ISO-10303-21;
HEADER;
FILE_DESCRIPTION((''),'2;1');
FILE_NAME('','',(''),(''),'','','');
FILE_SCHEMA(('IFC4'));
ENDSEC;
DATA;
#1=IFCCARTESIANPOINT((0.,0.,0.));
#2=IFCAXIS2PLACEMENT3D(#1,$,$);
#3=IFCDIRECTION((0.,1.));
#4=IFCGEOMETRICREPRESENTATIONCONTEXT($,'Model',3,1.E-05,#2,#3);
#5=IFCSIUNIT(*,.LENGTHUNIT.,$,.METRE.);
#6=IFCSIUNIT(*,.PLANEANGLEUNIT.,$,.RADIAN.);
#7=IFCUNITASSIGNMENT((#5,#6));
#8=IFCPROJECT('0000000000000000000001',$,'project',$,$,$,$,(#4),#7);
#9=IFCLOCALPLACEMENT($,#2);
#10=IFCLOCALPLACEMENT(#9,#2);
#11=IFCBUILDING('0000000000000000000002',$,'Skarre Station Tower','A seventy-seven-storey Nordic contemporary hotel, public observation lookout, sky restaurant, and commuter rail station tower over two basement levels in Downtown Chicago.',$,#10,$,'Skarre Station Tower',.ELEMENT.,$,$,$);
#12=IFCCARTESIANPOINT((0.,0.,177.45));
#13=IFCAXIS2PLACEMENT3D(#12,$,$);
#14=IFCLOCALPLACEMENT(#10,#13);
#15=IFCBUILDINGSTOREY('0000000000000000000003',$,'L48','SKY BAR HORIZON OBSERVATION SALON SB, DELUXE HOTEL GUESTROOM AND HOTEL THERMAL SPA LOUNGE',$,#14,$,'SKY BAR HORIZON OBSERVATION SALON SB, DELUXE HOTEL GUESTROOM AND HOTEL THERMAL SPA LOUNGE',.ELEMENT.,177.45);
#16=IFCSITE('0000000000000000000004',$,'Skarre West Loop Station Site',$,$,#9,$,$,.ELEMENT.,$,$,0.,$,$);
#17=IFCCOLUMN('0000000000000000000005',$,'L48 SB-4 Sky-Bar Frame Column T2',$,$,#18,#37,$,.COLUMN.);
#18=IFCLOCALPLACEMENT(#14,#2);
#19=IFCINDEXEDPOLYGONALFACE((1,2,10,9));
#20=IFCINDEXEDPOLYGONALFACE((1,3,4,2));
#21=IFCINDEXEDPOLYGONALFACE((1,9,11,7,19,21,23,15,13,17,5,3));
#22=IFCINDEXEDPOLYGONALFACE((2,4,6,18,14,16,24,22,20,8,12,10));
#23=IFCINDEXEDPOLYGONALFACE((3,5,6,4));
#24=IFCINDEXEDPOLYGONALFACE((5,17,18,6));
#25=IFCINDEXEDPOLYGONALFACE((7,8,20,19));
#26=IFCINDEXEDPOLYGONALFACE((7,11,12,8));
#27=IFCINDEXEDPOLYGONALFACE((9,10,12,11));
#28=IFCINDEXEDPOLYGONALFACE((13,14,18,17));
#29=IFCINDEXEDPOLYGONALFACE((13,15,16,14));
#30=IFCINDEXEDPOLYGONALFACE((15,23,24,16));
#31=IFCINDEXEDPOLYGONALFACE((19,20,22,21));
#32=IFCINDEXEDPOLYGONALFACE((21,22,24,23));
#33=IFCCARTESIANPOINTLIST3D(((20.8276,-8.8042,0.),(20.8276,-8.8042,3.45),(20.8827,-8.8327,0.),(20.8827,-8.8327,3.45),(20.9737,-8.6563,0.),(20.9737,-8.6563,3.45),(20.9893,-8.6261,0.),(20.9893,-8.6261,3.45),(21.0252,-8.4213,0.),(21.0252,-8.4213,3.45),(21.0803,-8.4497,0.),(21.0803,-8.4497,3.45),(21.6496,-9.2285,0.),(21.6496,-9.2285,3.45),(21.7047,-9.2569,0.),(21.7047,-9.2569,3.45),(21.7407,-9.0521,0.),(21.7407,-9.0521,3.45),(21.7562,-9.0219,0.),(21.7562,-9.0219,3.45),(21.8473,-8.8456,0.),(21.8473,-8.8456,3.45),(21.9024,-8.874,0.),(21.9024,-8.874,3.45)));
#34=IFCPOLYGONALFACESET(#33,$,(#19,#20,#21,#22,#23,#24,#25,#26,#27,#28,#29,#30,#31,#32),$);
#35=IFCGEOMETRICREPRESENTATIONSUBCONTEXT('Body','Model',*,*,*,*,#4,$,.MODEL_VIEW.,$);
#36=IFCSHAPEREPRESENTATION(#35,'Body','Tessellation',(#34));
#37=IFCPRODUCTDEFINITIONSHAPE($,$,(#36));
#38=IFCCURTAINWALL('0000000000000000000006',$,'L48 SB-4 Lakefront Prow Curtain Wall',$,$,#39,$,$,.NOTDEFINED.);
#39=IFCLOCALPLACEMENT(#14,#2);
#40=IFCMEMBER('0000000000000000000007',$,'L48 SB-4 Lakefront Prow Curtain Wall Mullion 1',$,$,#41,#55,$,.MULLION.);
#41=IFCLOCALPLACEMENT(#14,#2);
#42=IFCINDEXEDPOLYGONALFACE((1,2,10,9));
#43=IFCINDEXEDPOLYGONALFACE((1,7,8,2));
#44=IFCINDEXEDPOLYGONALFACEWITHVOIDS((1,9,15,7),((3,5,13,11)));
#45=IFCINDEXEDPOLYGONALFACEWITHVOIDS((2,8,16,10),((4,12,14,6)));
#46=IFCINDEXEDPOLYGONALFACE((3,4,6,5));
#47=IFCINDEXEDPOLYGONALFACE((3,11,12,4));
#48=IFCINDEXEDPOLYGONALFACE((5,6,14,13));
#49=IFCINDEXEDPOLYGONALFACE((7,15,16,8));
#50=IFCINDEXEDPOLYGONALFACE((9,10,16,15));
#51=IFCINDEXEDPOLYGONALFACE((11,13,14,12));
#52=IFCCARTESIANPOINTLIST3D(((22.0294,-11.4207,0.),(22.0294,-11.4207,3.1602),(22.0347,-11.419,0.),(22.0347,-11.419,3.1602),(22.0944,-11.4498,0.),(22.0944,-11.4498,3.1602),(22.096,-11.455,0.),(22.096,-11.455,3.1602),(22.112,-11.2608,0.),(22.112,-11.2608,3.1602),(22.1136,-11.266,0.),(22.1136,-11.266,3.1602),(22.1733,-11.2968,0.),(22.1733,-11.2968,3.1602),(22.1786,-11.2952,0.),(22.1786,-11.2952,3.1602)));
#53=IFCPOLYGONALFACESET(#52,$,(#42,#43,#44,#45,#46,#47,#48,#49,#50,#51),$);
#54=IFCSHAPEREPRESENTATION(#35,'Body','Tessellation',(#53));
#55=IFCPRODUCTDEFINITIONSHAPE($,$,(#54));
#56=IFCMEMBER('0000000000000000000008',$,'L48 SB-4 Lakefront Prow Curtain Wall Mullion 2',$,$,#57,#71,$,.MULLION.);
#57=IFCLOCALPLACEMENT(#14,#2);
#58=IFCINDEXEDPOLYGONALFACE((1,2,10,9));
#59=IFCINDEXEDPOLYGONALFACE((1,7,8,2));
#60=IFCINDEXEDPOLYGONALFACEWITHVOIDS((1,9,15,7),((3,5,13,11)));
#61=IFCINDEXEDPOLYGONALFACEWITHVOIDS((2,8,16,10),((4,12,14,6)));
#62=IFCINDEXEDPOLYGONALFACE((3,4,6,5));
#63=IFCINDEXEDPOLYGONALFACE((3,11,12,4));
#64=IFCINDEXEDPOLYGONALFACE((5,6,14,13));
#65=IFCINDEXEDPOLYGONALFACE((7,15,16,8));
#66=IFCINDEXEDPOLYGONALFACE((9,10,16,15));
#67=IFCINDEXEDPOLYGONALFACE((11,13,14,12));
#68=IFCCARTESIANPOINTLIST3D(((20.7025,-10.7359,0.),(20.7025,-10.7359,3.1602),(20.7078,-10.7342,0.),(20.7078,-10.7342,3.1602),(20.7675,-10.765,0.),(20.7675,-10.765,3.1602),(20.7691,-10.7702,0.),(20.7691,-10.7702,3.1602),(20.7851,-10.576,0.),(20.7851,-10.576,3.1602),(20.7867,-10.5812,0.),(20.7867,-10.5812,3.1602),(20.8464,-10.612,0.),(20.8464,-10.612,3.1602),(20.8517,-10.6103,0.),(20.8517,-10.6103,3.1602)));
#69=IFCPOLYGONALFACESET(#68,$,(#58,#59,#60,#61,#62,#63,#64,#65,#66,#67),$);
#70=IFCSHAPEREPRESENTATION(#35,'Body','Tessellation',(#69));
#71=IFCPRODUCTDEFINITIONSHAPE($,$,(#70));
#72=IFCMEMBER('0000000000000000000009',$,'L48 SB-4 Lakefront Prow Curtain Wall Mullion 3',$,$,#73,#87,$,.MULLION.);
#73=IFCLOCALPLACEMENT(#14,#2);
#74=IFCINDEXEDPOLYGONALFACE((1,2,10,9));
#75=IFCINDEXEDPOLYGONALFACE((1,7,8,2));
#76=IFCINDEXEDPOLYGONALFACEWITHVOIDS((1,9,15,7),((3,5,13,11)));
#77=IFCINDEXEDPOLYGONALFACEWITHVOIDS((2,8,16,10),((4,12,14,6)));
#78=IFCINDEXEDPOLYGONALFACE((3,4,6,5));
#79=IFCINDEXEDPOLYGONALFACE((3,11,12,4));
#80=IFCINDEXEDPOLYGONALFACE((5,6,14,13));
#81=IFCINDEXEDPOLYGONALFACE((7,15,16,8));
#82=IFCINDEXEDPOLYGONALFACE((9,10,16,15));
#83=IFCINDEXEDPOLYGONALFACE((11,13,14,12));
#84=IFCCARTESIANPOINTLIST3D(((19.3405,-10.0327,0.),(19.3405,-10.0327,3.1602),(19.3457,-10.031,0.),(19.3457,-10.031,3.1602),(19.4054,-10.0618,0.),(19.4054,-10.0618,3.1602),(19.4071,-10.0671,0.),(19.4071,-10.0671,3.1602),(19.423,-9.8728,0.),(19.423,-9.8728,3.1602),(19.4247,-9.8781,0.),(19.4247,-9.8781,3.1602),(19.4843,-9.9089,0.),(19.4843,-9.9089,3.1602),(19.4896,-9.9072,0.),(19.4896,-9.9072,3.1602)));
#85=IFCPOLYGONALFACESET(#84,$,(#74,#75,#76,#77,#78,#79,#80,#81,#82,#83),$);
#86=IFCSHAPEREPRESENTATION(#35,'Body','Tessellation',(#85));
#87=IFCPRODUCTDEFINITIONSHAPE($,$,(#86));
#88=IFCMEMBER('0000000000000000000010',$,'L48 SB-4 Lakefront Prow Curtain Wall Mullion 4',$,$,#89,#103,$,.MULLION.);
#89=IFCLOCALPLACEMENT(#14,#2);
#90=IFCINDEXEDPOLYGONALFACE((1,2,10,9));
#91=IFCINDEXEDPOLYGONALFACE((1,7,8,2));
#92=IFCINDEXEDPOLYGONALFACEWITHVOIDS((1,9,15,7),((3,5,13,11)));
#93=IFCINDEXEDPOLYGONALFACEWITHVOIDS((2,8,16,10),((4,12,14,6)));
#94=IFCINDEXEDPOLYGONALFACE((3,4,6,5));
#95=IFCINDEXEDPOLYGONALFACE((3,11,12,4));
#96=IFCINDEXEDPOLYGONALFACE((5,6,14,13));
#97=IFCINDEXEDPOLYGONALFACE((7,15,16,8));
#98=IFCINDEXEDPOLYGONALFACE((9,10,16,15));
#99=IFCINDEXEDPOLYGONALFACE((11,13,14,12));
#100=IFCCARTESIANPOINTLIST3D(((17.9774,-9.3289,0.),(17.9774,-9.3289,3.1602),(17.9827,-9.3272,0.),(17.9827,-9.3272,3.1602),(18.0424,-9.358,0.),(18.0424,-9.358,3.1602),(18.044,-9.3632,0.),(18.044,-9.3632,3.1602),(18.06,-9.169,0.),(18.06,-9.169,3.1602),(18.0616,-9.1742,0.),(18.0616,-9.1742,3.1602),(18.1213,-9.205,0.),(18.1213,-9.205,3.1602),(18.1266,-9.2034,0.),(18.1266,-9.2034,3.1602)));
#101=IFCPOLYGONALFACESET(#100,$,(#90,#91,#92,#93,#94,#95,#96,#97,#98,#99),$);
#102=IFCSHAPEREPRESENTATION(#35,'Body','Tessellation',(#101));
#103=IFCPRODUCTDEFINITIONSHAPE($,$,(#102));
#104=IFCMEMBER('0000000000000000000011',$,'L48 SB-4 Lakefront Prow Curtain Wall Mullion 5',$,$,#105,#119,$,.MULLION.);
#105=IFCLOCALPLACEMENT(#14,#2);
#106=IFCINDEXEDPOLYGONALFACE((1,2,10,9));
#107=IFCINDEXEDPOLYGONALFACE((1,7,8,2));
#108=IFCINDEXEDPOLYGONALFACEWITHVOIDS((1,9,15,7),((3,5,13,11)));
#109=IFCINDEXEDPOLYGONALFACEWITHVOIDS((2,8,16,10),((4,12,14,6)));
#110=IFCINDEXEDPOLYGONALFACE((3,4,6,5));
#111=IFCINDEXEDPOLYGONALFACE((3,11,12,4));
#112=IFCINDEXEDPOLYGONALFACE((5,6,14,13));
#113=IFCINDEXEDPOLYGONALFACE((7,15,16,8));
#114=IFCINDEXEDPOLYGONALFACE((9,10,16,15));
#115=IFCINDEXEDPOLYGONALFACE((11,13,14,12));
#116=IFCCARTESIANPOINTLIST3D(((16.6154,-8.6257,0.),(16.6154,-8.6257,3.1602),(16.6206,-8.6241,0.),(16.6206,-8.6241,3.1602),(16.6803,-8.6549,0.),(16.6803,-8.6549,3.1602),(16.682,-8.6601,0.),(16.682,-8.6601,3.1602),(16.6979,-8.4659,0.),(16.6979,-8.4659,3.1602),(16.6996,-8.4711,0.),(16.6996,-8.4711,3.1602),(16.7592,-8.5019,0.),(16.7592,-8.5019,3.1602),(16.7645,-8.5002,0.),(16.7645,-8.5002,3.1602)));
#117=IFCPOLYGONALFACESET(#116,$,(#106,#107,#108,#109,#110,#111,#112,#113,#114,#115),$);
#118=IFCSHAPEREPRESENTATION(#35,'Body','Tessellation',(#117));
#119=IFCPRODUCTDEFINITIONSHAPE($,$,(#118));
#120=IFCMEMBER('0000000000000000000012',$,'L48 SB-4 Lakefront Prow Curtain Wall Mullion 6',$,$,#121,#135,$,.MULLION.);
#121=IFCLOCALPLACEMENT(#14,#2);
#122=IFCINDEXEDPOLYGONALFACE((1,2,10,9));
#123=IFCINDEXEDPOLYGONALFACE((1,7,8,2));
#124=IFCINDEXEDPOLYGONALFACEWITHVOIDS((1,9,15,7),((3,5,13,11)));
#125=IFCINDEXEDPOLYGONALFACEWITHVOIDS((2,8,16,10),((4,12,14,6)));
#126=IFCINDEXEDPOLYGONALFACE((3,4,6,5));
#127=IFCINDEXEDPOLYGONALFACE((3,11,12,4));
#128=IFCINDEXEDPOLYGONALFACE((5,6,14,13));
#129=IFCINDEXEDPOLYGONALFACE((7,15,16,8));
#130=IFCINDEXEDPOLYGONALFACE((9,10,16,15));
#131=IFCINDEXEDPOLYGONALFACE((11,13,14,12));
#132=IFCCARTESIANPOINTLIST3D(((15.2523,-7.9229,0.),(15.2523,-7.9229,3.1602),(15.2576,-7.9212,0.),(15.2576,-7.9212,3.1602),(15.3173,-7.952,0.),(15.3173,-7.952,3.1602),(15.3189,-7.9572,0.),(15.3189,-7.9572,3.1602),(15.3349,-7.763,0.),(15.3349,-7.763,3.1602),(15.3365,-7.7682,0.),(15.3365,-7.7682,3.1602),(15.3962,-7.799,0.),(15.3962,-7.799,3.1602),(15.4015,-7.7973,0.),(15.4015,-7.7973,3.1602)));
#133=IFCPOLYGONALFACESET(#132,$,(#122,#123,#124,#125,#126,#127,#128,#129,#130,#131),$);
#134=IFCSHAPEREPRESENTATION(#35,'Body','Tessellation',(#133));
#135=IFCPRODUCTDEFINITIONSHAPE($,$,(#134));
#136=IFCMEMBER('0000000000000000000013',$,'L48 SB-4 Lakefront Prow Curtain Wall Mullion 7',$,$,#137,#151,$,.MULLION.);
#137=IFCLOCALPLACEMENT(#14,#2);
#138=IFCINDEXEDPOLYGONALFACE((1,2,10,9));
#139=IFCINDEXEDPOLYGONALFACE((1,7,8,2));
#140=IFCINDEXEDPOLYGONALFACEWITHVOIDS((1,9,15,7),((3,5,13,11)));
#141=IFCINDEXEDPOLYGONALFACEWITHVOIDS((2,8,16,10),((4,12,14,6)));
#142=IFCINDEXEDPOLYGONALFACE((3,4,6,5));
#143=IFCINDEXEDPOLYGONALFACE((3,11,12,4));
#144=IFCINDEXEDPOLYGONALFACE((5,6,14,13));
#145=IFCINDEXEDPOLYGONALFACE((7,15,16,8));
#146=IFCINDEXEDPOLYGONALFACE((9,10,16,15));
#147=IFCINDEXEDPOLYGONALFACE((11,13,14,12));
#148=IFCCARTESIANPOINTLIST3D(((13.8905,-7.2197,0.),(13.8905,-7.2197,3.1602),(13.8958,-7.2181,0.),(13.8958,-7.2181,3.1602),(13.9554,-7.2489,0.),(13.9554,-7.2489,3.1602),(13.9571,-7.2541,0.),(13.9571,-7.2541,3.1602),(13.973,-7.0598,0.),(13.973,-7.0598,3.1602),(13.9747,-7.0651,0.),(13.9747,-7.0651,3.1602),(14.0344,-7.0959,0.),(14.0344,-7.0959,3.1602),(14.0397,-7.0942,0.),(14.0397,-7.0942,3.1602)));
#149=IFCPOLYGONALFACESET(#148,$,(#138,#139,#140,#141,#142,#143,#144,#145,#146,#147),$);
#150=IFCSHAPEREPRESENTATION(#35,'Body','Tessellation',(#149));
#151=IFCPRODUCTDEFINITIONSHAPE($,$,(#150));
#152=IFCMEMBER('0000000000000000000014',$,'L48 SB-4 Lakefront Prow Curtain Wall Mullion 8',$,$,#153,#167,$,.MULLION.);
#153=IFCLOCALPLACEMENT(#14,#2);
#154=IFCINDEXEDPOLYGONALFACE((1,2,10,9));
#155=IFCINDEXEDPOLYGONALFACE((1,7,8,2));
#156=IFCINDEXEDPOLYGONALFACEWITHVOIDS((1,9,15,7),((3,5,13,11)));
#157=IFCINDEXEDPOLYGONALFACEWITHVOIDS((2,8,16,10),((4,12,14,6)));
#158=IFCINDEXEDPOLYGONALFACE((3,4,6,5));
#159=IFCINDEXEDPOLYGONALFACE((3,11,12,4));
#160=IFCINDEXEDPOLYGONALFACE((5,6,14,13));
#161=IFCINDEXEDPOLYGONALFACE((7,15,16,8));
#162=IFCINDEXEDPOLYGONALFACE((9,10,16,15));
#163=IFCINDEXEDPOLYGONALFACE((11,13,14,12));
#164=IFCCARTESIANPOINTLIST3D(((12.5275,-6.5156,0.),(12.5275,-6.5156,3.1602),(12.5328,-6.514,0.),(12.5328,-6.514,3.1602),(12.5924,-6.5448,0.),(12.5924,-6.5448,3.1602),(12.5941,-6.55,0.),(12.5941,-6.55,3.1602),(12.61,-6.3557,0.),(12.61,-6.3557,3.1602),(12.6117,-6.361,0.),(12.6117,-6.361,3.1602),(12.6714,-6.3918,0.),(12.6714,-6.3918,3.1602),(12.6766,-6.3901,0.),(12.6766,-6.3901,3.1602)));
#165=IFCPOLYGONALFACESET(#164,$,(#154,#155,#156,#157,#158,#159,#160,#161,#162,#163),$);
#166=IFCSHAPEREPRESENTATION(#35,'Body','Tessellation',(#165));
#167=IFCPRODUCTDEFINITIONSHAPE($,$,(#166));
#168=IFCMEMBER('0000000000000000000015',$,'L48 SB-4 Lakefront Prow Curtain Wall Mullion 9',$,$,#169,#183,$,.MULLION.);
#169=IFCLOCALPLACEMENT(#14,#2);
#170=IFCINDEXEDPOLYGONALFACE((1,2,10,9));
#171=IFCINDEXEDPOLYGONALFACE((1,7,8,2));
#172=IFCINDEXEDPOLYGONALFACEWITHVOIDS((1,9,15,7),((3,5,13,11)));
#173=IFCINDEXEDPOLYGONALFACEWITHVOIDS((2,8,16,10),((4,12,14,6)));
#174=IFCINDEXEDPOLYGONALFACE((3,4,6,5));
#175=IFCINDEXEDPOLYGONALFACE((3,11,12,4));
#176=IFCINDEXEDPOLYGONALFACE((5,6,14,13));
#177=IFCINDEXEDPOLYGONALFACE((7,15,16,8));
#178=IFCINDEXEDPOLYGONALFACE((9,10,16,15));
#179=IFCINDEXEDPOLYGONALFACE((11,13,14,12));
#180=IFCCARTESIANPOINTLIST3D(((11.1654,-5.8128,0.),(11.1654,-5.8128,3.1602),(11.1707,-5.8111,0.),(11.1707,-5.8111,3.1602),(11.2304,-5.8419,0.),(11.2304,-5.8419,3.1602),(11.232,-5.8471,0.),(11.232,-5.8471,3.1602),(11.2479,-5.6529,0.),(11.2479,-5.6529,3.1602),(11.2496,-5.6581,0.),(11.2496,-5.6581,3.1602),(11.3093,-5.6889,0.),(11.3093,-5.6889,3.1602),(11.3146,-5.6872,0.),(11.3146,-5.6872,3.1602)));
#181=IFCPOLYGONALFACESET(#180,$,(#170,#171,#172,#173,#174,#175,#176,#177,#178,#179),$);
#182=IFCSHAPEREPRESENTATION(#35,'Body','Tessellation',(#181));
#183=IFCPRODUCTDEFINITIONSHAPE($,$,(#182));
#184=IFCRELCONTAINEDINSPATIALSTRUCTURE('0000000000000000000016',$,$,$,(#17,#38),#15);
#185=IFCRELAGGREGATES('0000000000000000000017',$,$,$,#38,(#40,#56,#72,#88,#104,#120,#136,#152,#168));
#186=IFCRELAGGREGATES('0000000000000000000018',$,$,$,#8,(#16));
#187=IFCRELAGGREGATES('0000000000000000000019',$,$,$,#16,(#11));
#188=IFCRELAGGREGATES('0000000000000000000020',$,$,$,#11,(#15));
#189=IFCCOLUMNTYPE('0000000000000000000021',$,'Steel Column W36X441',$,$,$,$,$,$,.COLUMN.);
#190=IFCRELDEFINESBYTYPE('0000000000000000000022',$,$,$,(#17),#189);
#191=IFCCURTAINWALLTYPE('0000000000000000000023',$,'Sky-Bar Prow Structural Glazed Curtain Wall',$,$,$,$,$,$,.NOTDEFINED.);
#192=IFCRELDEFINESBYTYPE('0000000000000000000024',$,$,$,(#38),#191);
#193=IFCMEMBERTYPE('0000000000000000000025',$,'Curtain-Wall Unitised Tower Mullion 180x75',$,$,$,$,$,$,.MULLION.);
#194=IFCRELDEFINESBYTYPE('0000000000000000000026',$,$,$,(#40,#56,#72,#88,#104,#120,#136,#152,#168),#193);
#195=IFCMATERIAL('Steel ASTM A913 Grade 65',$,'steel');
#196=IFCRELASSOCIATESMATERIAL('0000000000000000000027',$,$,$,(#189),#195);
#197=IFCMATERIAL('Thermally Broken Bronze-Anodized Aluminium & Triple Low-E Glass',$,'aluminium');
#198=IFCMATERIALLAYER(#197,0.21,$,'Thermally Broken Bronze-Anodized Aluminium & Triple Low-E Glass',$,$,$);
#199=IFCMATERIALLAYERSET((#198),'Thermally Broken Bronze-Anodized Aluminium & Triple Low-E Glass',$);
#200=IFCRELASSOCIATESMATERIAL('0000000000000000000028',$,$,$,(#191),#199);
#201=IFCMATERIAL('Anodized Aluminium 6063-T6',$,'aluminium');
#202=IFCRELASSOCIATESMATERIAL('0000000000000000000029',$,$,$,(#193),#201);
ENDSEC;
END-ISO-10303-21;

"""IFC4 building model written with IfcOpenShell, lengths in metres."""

from ifc_helpers import new_model, si_unit, direction, frame, origin, origin_2d, place, context, subcontext, project, spatial, hollow_rectangle, i_section, extrude, material, layer, layer_set, material_profile, profile_set, type_object, element, aggregate, save


model = new_model("IFC4")

# Units and contexts
model_context = context("Model", 3, precision=1e-05, world=origin(), true_north=direction((0.0, 1.0)))
body_context = subcontext(model_context, "Body", "Model", "MODEL_VIEW")
ifc_project = project(units=[si_unit("LENGTHUNIT", "METRE"), si_unit("PLANEANGLEUNIT", "RADIAN")], contexts=[model_context])

# Site, building, storey
site_placement = place(None, origin())
site = spatial("IfcSite", under=ifc_project, at=site_placement, Name="Skarre West Loop Station Site", CompositionType="ELEMENT", RefElevation=0.0)
building_placement = place(site_placement, origin())
building = spatial("IfcBuilding", under=site, at=building_placement, Name="Skarre Station Tower", Description="A seventy-seven-storey Nordic contemporary hotel, public observation lookout, sky restaurant, and commuter rail station tower over two basement levels in Downtown Chicago.", LongName="Skarre Station Tower", CompositionType="ELEMENT")
storey_placement = place(building_placement, frame((0.0, 0.0, 177.45)))
storey = spatial("IfcBuildingStorey", under=building, at=storey_placement, Name="L48", Description="SKY BAR HORIZON OBSERVATION SALON SB, DELUXE HOTEL GUESTROOM AND HOTEL THERMAL SPA LOUNGE", LongName="SKY BAR HORIZON OBSERVATION SALON SB, DELUXE HOTEL GUESTROOM AND HOTEL THERMAL SPA LOUNGE", CompositionType="ELEMENT", Elevation=177.45)

# Column
ifc_material_1 = material(Name="Steel ASTM A913 Grade 65", Category="steel")
ifc_material_profile_1 = material_profile(ifc_material_1, i_section(OverallWidth=0.4309, OverallDepth=0.9871, WebThickness=0.0339, FlangeThickness=0.062, at=origin_2d()), Name="Steel ASTM A913 Grade 65")
ifc_profile_set_1 = profile_set([ifc_material_profile_1], Name="Steel ASTM A913 Grade 65")
column_type = type_object("IfcColumnType", Name="Steel Column W36X441", PredefinedType="COLUMN", material=ifc_profile_set_1)
column_placement = place(storey_placement, frame((21.365, -8.8391, 0.0), z_axis=(0.0, 0.0, 1.0), x_axis=(-0.458634, -0.888625, 0.0)))
element("IfcColumn", 1, at=column_placement, inside=storey, type_object=column_type, Name="L48 SB-4 Sky-Bar Frame Column T2", PredefinedType="COLUMN", context=body_context, shape_type="SweptSolid", body=[
    extrude(i_section(OverallWidth=0.4309, OverallDepth=0.9871, WebThickness=0.0339, FlangeThickness=0.062, at=origin_2d()), origin(), (0.0, 0.0, 1.0), 3.45),
])

# Curtain wall, members
ifc_material_2 = material(Name="Thermally Broken Bronze-Anodized Aluminium & Triple Low-E Glass", Category="aluminium")
ifc_layer_1 = layer(ifc_material_2, 0.21, Name="Thermally Broken Bronze-Anodized Aluminium & Triple Low-E Glass")
ifc_layer_set_1 = layer_set([ifc_layer_1], Name="Thermally Broken Bronze-Anodized Aluminium & Triple Low-E Glass")
curtain_wall_type = type_object("IfcCurtainWallType", Name="Sky-Bar Prow Structural Glazed Curtain Wall", PredefinedType="NOTDEFINED", material=ifc_layer_set_1)
curtain_wall_placement = place(storey_placement, origin())
curtain_wall = element("IfcCurtainWall", 2, at=curtain_wall_placement, inside=storey, type_object=curtain_wall_type, Name="L48 SB-4 Lakefront Prow Curtain Wall", PredefinedType="NOTDEFINED")
ifc_material_3 = material(Name="Anodized Aluminium 6063-T6", Category="aluminium")
ifc_material_profile_2 = material_profile(ifc_material_3, hollow_rectangle(XDim=0.075, YDim=0.1799, WallThickness=0.0039, at=origin_2d()), Name="Anodized Aluminium 6063-T6")
ifc_profile_set_2 = profile_set([ifc_material_profile_2], Name="Anodized Aluminium 6063-T6")
member_type = type_object("IfcMemberType", Name="Curtain-Wall Unitised Tower Mullion 180x75", PredefinedType="MULLION", material=ifc_profile_set_2)
member_1_placement = place(storey_placement, frame((22.104, -11.3579, 0.0), z_axis=(0.0, 0.0, 1.0), x_axis=(-0.888625, 0.458634, 0.0)))
member_1 = element("IfcMember", 3, at=member_1_placement, type_object=member_type, Name="L48 SB-4 Lakefront Prow Curtain Wall Mullion 1", PredefinedType="MULLION", context=body_context, shape_type="SweptSolid", body=[
    extrude(hollow_rectangle(XDim=0.075, YDim=0.1799, WallThickness=0.0039, at=origin_2d()), origin(), (0.0, 0.0, 1.0), 3.1602),
])
member_2_placement = place(storey_placement, frame((20.7771, -10.6731, 0.0), z_axis=(0.0, 0.0, 1.0), x_axis=(-0.888625, 0.458634, 0.0)))
member_2 = element("IfcMember", 4, at=member_2_placement, type_object=member_type, Name="L48 SB-4 Lakefront Prow Curtain Wall Mullion 2", PredefinedType="MULLION", context=body_context, shape_type="SweptSolid", body=[
    extrude(hollow_rectangle(XDim=0.075, YDim=0.1799, WallThickness=0.0039, at=origin_2d()), origin(), (0.0, 0.0, 1.0), 3.1602),
])
member_3_placement = place(storey_placement, frame((19.415, -9.97, 0.0), z_axis=(0.0, 0.0, 1.0), x_axis=(-0.888625, 0.458634, 0.0)))
member_3 = element("IfcMember", 5, at=member_3_placement, type_object=member_type, Name="L48 SB-4 Lakefront Prow Curtain Wall Mullion 3", PredefinedType="MULLION", context=body_context, shape_type="SweptSolid", body=[
    extrude(hollow_rectangle(XDim=0.075, YDim=0.1799, WallThickness=0.0039, at=origin_2d()), origin(), (0.0, 0.0, 1.0), 3.1602),
])
member_4_placement = place(storey_placement, frame((18.052, -9.2661, 0.0), z_axis=(0.0, 0.0, 1.0), x_axis=(-0.888625, 0.458634, 0.0)))
member_4 = element("IfcMember", 6, at=member_4_placement, type_object=member_type, Name="L48 SB-4 Lakefront Prow Curtain Wall Mullion 4", PredefinedType="MULLION", context=body_context, shape_type="SweptSolid", body=[
    extrude(hollow_rectangle(XDim=0.075, YDim=0.1799, WallThickness=0.0039, at=origin_2d()), origin(), (0.0, 0.0, 1.0), 3.1602),
])
member_5_placement = place(storey_placement, frame((16.6899, -8.563, 0.0), z_axis=(0.0, 0.0, 1.0), x_axis=(-0.888625, 0.458634, 0.0)))
member_5 = element("IfcMember", 7, at=member_5_placement, type_object=member_type, Name="L48 SB-4 Lakefront Prow Curtain Wall Mullion 5", PredefinedType="MULLION", context=body_context, shape_type="SweptSolid", body=[
    extrude(hollow_rectangle(XDim=0.075, YDim=0.1799, WallThickness=0.0039, at=origin_2d()), origin(), (0.0, 0.0, 1.0), 3.1602),
])
member_6_placement = place(storey_placement, frame((15.3269, -7.8601, 0.0), z_axis=(0.0, 0.0, 1.0), x_axis=(-0.888625, 0.458634, 0.0)))
member_6 = element("IfcMember", 8, at=member_6_placement, type_object=member_type, Name="L48 SB-4 Lakefront Prow Curtain Wall Mullion 6", PredefinedType="MULLION", context=body_context, shape_type="SweptSolid", body=[
    extrude(hollow_rectangle(XDim=0.075, YDim=0.1799, WallThickness=0.0039, at=origin_2d()), origin(), (0.0, 0.0, 1.0), 3.1602),
])
member_7_placement = place(storey_placement, frame((13.9651, -7.157, 0.0), z_axis=(0.0, 0.0, 1.0), x_axis=(-0.888625, 0.458634, 0.0)))
member_7 = element("IfcMember", 9, at=member_7_placement, type_object=member_type, Name="L48 SB-4 Lakefront Prow Curtain Wall Mullion 7", PredefinedType="MULLION", context=body_context, shape_type="SweptSolid", body=[
    extrude(hollow_rectangle(XDim=0.075, YDim=0.1799, WallThickness=0.0039, at=origin_2d()), origin(), (0.0, 0.0, 1.0), 3.1602),
])
member_8_placement = place(storey_placement, frame((12.6021, -6.4529, 0.0), z_axis=(0.0, 0.0, 1.0), x_axis=(-0.888625, 0.458634, 0.0)))
member_8 = element("IfcMember", 10, at=member_8_placement, type_object=member_type, Name="L48 SB-4 Lakefront Prow Curtain Wall Mullion 8", PredefinedType="MULLION", context=body_context, shape_type="SweptSolid", body=[
    extrude(hollow_rectangle(XDim=0.075, YDim=0.1799, WallThickness=0.0039, at=origin_2d()), origin(), (0.0, 0.0, 1.0), 3.1602),
])
member_9_placement = place(storey_placement, frame((11.24, -5.75, 0.0), z_axis=(0.0, 0.0, 1.0), x_axis=(-0.888625, 0.458634, 0.0)))
member_9 = element("IfcMember", 11, at=member_9_placement, type_object=member_type, Name="L48 SB-4 Lakefront Prow Curtain Wall Mullion 9", PredefinedType="MULLION", context=body_context, shape_type="SweptSolid", body=[
    extrude(hollow_rectangle(XDim=0.075, YDim=0.1799, WallThickness=0.0039, at=origin_2d()), origin(), (0.0, 0.0, 1.0), 3.1602),
])
aggregate(curtain_wall, [member_1, member_2, member_3, member_4, member_5, member_6, member_7, member_8, member_9])

save(model, "model.ifc")
